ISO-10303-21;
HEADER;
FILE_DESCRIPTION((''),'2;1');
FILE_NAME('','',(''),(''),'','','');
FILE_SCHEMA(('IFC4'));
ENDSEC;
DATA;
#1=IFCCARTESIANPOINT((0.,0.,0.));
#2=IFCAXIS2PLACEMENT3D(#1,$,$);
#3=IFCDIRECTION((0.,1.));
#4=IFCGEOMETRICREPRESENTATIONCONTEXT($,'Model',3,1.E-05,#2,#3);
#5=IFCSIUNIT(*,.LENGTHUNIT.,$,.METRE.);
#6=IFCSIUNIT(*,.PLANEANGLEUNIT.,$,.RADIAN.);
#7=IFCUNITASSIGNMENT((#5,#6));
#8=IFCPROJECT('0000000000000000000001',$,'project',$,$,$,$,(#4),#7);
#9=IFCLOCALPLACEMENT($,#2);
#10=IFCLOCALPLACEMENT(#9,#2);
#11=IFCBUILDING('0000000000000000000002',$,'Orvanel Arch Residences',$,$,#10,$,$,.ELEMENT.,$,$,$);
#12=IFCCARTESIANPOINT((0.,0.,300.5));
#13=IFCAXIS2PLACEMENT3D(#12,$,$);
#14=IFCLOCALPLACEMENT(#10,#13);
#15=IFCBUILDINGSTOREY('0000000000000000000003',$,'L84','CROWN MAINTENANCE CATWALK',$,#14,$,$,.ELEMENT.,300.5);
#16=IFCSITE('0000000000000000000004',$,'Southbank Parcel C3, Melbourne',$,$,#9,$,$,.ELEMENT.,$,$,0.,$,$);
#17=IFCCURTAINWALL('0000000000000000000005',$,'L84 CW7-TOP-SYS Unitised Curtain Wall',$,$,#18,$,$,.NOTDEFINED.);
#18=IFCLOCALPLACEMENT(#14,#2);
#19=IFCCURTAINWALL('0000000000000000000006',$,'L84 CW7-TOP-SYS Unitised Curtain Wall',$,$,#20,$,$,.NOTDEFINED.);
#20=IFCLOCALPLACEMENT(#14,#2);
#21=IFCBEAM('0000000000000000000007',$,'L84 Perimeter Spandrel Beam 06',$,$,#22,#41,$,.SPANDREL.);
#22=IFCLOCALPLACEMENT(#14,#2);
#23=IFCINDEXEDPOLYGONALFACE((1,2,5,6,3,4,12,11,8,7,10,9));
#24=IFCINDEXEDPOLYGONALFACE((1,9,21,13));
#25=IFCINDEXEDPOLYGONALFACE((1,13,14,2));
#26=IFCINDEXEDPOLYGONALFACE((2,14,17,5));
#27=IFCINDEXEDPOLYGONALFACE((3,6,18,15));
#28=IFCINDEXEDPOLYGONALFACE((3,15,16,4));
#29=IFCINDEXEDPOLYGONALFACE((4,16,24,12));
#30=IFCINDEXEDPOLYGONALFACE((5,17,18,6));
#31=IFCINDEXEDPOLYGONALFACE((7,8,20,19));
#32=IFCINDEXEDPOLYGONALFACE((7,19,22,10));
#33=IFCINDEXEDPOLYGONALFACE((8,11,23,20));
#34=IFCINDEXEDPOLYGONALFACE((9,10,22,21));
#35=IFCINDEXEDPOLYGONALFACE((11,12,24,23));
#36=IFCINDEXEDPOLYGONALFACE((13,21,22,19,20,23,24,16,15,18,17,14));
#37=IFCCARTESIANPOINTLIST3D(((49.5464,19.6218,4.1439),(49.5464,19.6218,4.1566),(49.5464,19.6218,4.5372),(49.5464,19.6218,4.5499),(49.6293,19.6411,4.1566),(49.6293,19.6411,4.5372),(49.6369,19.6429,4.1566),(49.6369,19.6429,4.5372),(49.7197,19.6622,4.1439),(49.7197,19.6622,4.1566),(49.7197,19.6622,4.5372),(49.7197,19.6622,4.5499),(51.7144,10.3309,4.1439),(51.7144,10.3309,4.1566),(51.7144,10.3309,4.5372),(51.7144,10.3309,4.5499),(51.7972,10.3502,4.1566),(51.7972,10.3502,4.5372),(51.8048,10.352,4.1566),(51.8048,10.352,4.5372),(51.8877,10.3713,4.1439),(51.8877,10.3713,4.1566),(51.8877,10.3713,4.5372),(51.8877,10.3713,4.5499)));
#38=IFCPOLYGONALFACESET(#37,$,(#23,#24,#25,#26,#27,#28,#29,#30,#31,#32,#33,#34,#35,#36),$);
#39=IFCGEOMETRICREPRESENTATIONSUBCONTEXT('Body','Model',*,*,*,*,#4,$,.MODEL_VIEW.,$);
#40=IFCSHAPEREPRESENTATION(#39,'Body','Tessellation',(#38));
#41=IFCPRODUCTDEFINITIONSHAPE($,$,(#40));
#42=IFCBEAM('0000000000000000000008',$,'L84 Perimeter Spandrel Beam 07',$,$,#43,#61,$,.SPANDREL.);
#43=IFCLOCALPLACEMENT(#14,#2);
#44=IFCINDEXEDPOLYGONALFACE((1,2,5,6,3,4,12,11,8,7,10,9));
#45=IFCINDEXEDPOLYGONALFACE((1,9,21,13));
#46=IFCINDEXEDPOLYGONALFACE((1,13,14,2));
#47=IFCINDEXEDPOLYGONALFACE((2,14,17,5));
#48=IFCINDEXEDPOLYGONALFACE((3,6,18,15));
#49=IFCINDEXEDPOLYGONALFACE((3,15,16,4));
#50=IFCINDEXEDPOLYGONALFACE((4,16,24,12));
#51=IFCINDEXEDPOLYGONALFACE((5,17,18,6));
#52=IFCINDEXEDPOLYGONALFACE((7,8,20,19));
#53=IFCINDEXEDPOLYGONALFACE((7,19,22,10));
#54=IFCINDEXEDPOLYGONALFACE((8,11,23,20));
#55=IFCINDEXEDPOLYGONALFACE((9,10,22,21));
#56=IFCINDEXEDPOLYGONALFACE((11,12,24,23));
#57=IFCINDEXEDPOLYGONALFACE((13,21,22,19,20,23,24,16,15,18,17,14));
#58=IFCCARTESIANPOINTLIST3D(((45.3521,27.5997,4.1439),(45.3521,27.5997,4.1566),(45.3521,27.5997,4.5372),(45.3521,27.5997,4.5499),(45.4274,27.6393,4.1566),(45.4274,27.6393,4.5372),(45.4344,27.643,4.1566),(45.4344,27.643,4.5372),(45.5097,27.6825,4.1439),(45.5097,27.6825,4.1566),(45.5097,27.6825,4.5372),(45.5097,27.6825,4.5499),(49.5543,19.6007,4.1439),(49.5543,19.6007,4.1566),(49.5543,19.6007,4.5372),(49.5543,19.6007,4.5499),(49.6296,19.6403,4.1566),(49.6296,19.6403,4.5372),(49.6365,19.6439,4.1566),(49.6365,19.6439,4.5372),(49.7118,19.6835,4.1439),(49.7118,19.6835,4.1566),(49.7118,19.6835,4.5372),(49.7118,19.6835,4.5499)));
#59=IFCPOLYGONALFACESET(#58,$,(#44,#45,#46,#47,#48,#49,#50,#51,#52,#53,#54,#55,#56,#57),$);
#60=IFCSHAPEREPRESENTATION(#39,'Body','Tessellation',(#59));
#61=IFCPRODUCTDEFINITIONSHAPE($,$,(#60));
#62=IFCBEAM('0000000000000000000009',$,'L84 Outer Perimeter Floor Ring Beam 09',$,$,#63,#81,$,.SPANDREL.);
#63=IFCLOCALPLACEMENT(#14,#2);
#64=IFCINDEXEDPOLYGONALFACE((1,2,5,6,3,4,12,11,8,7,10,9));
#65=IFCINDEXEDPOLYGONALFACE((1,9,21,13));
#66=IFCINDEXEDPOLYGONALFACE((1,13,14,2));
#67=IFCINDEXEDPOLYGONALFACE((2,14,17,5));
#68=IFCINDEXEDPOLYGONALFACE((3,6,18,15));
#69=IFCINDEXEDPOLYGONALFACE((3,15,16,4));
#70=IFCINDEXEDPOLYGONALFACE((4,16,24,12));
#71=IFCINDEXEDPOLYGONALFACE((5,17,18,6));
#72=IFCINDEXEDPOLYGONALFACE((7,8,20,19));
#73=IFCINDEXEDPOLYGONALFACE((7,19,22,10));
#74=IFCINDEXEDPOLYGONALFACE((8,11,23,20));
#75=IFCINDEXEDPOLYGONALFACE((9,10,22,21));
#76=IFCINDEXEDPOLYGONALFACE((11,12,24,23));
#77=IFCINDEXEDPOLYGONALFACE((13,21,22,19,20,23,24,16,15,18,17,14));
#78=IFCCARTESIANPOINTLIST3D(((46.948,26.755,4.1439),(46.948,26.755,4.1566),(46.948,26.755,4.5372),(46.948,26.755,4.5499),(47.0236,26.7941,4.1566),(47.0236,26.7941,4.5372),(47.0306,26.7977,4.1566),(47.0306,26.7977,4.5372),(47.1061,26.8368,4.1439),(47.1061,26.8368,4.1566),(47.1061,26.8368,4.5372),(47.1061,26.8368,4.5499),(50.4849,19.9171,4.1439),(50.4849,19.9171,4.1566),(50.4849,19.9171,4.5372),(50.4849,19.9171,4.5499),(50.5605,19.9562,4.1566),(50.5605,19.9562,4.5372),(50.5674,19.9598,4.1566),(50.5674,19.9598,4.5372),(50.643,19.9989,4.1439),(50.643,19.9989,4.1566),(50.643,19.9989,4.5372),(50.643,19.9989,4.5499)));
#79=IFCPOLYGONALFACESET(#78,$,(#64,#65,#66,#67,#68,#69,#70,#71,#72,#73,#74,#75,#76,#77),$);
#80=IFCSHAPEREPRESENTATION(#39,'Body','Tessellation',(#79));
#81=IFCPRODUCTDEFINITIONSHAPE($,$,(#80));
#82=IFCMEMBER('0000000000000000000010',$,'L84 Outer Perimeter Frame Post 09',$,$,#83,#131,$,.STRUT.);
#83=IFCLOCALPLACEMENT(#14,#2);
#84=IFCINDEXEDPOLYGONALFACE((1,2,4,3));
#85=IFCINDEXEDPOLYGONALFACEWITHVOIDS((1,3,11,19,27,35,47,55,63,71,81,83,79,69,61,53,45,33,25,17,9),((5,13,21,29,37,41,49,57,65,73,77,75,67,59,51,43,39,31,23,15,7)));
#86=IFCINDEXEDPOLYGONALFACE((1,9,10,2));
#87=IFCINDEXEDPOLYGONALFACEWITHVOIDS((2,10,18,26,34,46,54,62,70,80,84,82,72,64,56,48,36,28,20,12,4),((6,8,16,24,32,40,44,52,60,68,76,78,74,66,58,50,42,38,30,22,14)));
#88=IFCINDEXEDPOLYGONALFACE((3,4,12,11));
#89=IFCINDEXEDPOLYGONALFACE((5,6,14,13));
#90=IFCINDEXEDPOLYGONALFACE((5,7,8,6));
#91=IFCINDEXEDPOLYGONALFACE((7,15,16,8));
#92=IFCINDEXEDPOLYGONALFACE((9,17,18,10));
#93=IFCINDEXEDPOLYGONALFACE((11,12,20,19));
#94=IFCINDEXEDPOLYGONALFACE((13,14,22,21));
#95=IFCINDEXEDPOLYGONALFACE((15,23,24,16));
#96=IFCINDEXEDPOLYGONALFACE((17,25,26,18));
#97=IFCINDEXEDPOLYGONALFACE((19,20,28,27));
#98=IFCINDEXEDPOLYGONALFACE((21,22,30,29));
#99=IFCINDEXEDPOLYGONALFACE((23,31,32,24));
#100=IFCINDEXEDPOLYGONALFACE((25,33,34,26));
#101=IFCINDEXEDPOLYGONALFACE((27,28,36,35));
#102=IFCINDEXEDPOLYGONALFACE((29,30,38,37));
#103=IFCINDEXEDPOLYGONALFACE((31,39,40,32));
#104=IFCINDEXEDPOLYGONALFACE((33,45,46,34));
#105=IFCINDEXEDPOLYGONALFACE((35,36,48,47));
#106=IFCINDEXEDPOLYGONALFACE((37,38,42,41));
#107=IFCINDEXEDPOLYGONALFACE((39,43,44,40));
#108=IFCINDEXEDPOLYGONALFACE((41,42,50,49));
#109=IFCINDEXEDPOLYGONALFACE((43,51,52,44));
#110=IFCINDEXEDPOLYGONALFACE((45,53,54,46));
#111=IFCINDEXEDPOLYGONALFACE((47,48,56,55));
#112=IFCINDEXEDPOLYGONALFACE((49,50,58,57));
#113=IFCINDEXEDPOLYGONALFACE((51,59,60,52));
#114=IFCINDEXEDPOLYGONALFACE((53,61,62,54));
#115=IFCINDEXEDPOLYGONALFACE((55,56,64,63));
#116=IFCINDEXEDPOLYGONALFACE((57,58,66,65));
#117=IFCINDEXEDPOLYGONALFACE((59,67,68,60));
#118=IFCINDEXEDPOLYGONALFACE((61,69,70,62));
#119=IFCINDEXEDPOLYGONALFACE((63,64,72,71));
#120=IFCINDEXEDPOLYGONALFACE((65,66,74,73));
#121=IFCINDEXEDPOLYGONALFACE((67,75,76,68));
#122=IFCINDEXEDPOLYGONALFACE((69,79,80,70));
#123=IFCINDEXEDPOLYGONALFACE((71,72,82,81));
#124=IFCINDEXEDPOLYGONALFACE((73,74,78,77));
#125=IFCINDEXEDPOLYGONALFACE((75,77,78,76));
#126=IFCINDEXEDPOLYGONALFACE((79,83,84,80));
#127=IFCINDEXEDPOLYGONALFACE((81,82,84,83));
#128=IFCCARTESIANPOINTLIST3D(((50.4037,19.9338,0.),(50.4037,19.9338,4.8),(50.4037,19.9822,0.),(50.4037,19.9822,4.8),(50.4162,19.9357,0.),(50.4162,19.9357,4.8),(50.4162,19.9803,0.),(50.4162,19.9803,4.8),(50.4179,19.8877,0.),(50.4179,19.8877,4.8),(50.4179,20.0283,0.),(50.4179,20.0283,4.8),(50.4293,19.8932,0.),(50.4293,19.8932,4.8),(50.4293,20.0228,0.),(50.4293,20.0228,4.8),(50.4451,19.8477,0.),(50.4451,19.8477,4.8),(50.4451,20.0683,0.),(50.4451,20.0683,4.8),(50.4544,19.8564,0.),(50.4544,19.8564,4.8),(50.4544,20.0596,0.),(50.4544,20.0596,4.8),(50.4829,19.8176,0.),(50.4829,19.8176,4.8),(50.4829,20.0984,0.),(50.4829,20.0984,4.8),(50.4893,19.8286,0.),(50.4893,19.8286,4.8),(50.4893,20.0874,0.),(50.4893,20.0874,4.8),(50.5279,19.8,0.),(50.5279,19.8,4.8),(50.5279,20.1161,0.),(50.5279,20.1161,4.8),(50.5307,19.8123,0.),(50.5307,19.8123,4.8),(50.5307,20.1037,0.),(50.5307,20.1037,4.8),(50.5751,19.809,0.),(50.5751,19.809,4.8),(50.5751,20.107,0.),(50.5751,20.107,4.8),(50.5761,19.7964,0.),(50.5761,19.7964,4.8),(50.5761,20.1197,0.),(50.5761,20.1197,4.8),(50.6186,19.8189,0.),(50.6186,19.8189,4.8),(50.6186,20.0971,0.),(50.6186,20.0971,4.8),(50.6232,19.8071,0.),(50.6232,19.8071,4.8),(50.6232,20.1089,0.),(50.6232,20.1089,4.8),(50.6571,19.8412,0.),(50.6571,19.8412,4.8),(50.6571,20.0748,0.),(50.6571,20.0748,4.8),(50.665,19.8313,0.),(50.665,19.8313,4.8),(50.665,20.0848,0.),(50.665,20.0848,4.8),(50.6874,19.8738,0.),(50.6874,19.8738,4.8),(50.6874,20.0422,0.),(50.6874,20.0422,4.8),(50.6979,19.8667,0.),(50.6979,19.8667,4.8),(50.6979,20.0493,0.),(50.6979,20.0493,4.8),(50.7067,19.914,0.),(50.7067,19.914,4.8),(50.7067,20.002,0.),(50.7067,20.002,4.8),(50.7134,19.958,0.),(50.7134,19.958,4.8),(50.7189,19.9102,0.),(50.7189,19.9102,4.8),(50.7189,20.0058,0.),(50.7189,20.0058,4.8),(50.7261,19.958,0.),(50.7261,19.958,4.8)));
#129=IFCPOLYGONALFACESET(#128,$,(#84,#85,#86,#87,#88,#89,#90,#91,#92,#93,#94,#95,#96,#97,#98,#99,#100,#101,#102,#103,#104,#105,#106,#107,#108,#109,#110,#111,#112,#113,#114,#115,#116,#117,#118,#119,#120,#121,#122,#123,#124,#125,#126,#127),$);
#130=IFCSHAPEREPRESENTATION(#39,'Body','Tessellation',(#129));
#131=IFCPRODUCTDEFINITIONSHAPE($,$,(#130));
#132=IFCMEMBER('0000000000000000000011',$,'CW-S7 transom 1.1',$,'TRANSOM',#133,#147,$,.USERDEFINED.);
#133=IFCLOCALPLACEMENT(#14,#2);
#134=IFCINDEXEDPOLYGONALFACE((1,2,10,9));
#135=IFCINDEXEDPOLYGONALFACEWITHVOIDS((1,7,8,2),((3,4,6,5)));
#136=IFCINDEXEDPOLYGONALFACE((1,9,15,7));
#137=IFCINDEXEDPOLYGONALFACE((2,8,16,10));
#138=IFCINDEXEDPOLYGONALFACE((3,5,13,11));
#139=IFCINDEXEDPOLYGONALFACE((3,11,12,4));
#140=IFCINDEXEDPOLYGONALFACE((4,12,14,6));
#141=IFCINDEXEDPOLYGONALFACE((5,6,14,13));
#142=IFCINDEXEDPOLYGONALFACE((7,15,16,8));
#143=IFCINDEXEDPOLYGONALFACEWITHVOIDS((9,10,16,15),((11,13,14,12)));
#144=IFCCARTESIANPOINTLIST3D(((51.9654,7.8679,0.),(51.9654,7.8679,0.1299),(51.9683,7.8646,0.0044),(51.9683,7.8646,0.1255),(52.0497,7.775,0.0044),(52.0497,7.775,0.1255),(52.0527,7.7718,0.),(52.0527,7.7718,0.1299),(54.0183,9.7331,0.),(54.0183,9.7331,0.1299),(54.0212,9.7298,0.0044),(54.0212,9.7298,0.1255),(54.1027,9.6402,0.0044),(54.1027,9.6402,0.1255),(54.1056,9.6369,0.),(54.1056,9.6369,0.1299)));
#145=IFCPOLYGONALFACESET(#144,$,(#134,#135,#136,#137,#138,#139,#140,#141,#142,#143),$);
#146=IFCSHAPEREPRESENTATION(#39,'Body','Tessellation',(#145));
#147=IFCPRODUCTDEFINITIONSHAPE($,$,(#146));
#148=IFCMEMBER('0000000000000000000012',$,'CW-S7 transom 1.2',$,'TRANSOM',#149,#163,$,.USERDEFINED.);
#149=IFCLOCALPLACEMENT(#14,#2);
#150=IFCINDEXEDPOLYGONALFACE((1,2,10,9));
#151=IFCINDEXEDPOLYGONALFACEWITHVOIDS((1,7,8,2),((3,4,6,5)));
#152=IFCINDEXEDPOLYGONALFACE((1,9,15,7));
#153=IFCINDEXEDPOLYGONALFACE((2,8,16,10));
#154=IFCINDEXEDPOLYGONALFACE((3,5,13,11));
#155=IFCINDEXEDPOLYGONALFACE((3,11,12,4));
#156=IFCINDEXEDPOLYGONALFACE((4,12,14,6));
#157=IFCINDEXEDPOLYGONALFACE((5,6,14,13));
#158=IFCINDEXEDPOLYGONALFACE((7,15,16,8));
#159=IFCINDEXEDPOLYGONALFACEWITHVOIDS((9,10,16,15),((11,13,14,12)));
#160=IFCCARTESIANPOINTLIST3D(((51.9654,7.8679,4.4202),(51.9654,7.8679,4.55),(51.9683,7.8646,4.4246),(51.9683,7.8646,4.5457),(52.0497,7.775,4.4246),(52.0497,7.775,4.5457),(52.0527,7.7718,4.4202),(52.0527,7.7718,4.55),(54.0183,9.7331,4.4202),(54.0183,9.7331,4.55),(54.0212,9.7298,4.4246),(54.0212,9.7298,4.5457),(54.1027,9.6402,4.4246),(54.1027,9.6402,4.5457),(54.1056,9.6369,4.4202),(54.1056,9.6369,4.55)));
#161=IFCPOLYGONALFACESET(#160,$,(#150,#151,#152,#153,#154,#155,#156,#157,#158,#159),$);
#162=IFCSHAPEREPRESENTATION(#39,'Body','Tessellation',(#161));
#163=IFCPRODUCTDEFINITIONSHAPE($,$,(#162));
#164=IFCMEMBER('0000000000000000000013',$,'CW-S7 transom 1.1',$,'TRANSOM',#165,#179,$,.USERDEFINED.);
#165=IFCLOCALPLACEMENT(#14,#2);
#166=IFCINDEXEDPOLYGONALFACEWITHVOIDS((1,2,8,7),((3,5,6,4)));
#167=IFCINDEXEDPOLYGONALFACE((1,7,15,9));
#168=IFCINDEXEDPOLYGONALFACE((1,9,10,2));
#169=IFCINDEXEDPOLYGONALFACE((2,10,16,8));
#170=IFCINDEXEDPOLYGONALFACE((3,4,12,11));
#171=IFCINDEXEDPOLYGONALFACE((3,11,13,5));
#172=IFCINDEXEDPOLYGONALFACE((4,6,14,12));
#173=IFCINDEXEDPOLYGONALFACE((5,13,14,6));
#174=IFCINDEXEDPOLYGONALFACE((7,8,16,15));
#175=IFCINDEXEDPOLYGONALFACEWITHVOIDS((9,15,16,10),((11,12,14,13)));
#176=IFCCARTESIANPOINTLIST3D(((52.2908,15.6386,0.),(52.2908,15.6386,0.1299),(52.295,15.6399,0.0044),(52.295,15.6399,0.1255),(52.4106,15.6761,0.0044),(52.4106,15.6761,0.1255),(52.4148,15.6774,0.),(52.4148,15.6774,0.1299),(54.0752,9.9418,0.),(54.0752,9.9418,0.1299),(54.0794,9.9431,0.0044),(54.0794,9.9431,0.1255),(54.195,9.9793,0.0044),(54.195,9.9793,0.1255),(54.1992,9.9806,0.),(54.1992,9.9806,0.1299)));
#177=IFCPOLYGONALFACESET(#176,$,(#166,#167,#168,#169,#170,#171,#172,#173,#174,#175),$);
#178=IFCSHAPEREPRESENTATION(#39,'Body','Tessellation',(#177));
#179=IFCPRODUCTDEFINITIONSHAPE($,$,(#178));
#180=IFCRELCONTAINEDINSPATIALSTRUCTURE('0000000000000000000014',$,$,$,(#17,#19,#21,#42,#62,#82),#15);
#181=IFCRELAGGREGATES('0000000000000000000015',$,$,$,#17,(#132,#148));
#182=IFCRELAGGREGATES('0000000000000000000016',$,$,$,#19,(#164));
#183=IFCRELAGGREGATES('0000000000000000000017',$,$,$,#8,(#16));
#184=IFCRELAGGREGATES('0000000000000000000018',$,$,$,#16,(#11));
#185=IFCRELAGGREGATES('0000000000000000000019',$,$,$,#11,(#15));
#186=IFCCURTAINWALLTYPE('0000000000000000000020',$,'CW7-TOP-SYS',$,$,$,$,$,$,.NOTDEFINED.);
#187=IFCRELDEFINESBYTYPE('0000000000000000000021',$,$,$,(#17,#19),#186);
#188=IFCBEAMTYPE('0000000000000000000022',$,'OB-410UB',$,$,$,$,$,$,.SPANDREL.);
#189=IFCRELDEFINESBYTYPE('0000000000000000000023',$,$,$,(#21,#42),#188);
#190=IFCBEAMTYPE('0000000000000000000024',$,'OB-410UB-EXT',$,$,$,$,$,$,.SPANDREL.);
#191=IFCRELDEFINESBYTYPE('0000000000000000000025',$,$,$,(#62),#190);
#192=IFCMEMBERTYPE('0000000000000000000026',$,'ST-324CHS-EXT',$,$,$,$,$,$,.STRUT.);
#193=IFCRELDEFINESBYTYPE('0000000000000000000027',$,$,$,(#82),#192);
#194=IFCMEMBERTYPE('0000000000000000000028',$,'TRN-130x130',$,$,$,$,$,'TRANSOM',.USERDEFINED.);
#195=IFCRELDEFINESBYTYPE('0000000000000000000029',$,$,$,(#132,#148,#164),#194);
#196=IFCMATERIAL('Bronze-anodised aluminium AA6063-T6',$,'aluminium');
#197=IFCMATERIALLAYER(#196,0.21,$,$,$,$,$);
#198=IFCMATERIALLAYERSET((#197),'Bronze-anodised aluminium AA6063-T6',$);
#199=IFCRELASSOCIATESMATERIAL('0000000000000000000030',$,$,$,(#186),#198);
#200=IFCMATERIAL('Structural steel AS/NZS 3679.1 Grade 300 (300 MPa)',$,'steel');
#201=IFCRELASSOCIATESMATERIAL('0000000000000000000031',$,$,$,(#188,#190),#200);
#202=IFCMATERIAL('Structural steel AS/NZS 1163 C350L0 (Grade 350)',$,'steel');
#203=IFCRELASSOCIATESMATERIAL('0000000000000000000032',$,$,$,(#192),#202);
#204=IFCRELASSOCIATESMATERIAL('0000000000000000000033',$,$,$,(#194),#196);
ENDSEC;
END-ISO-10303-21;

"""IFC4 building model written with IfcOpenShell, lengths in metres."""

from ifc_helpers import new_model, si_unit, direction, frame, origin, origin_2d, place, context, subcontext, project, spatial, hollow_rectangle, hollow_circle, i_section, extrude, material, layer, layer_set, material_profile, profile_set, type_object, element, aggregate, save


model = new_model("IFC4")

# Units and contexts
model_context = context("Model", 3, precision=1e-05, world=origin(), true_north=direction((0.0, 1.0)))
body_context = subcontext(model_context, "Body", "Model", "MODEL_VIEW")
ifc_project = project(units=[si_unit("LENGTHUNIT", "METRE"), si_unit("PLANEANGLEUNIT", "RADIAN")], contexts=[model_context])

# Site, building, storey
site_placement = place(None, origin())
site = spatial("IfcSite", under=ifc_project, at=site_placement, Name="Southbank Parcel C3, Melbourne", CompositionType="ELEMENT", RefElevation=0.0)
building_placement = place(site_placement, origin())
building = spatial("IfcBuilding", under=site, at=building_placement, Name="Orvanel Arch Residences", CompositionType="ELEMENT")
storey_placement = place(building_placement, frame((0.0, 0.0, 300.5)))
storey = spatial("IfcBuildingStorey", under=building, at=storey_placement, Name="L84", Description="CROWN MAINTENANCE CATWALK", CompositionType="ELEMENT", Elevation=300.5)

# Curtain walls
ifc_material_1 = material(Name="Bronze-anodised aluminium AA6063-T6", Category="aluminium")
ifc_layer_1 = layer(ifc_material_1, 0.21)
ifc_layer_set_1 = layer_set([ifc_layer_1], Name="Bronze-anodised aluminium AA6063-T6")
curtain_wall_type = type_object("IfcCurtainWallType", Name="CW7-TOP-SYS", PredefinedType="NOTDEFINED", material=ifc_layer_set_1)
curtain_wall_1_placement = place(storey_placement, origin())
curtain_wall_1 = element("IfcCurtainWall", 1, at=curtain_wall_1_placement, inside=storey, type_object=curtain_wall_type, Name="L84 CW7-TOP-SYS Unitised Curtain Wall", PredefinedType="NOTDEFINED")
curtain_wall_2_placement = place(storey_placement, origin())
curtain_wall_2 = element("IfcCurtainWall", 2, at=curtain_wall_2_placement, inside=storey, type_object=curtain_wall_type, Name="L84 CW7-TOP-SYS Unitised Curtain Wall", PredefinedType="NOTDEFINED")

# Beams
ifc_material_2 = material(Name="Structural steel AS/NZS 3679.1 Grade 300 (300 MPa)", Category="steel")
ifc_material_profile_1 = material_profile(ifc_material_2, i_section(OverallWidth=0.178, OverallDepth=0.406, WebThickness=0.0078, FlangeThickness=0.0127, at=origin_2d()), Name="410UB59.7")
ifc_profile_set_1 = profile_set([ifc_material_profile_1], Name="Structural steel AS/NZS 3679.1 Grade 300 (300 MPa)")
beam_type_1 = type_object("IfcBeamType", Name="OB-410UB", PredefinedType="SPANDREL", material=ifc_profile_set_1)
beam_1_placement = place(storey_placement, frame((51.801, 10.3511, 4.3469), z_axis=(-0.227236, 0.97384, 0.0), x_axis=(-0.97384, -0.227236, 0.0)))
element("IfcBeam", 3, at=beam_1_placement, inside=storey, type_object=beam_type_1, Name="L84 Perimeter Spandrel Beam 06", PredefinedType="SPANDREL", context=body_context, shape_type="SweptSolid", body=[
    extrude(i_section(OverallWidth=0.178, OverallDepth=0.406, WebThickness=0.0078, FlangeThickness=0.0127, at=origin_2d()), origin(), (0.0, 0.0, 1.0), 9.5405),
])
beam_2_placement = place(storey_placement, frame((49.6331, 19.6421, 4.3469), z_axis=(-0.465065, 0.885277, 0.0), x_axis=(-0.885277, -0.465065, 0.0)))
element("IfcBeam", 4, at=beam_2_placement, inside=storey, type_object=beam_type_1, Name="L84 Perimeter Spandrel Beam 07", PredefinedType="SPANDREL", context=body_context, shape_type="SweptSolid", body=[
    extrude(i_section(OverallWidth=0.178, OverallDepth=0.406, WebThickness=0.0078, FlangeThickness=0.0127, at=origin_2d()), origin(), (0.0, 0.0, 1.0), 9.0356),
])
ifc_material_profile_2 = material_profile(ifc_material_2, i_section(OverallWidth=0.178, OverallDepth=0.406, WebThickness=0.0078, FlangeThickness=0.0127, at=origin_2d()), Name="410UB59.7")
ifc_profile_set_2 = profile_set([ifc_material_profile_2], Name="Structural steel AS/NZS 3679.1 Grade 300 (300 MPa)")
beam_type_2 = type_object("IfcBeamType", Name="OB-410UB-EXT", PredefinedType="SPANDREL", material=ifc_profile_set_2)
beam_3_placement = place(storey_placement, frame((50.564, 19.958, 4.3469), z_axis=(-0.459426, 0.888216, 0.0), x_axis=(-0.888216, -0.459426, 0.0)))
element("IfcBeam", 5, at=beam_3_placement, inside=storey, type_object=beam_type_2, Name="L84 Outer Perimeter Floor Ring Beam 09", PredefinedType="SPANDREL", context=body_context, shape_type="SweptSolid", body=[
    extrude(i_section(OverallWidth=0.178, OverallDepth=0.406, WebThickness=0.0078, FlangeThickness=0.0127, at=origin_2d()), origin(), (0.0, 0.0, 1.0), 7.6985),
])

# Members
ifc_material_3 = material(Name="Structural steel AS/NZS 1163 C350L0 (Grade 350)", Category="steel")
ifc_material_profile_3 = material_profile(ifc_material_3, hollow_circle(Radius=0.1621, WallThickness=0.0127, at=origin_2d()), Name="CHS324x12.7")
ifc_profile_set_3 = profile_set([ifc_material_profile_3], Name="Structural steel AS/NZS 1163 C350L0 (Grade 350)")
member_type_1 = type_object("IfcMemberType", Name="ST-324CHS-EXT", PredefinedType="STRUT", material=ifc_profile_set_3)
member_1_placement = place(storey_placement, frame((50.564, 19.958, 0.0), z_axis=(0.0, 0.0, 1.0), x_axis=(1.0, 0.0, 0.0)))
element("IfcMember", 6, at=member_1_placement, inside=storey, type_object=member_type_1, Name="L84 Outer Perimeter Frame Post 09", PredefinedType="STRUT", context=body_context, shape_type="SweptSolid", body=[
    extrude(hollow_circle(Radius=0.1621, WallThickness=0.0127, at=origin_2d()), origin(), (0.0, 0.0, 1.0), 4.8),
])
ifc_material_profile_4 = material_profile(ifc_material_1, hollow_rectangle(XDim=0.1299, YDim=0.1299, WallThickness=0.0044, at=origin_2d()), Name="ALU130x130x4.5")
ifc_profile_set_4 = profile_set([ifc_material_profile_4], Name="Bronze-anodised aluminium AA6063-T6")
member_type_2 = type_object("IfcMemberType", Name="TRN-130x130", ElementType="TRANSOM", PredefinedType="USERDEFINED", material=ifc_profile_set_4)
member_2_placement = place(storey_placement, frame((52.009, 7.8198, 0.0649), z_axis=(0.740139, 0.672454, 0.0), x_axis=(-0.672454, 0.740139, 0.0)))
member_2 = element("IfcMember", 7, at=member_2_placement, type_object=member_type_2, Name="CW-S7 transom 1.1", ObjectType="TRANSOM", PredefinedType="USERDEFINED", context=body_context, shape_type="SweptSolid", body=[
    extrude(hollow_rectangle(XDim=0.1299, YDim=0.1299, WallThickness=0.0044, at=origin_2d()), origin(), (0.0, 0.0, 1.0), 2.7737),
])
member_3_placement = place(storey_placement, frame((52.009, 7.8198, 4.4851), z_axis=(0.740139, 0.672454, 0.0), x_axis=(-0.672454, 0.740139, 0.0)))
member_3 = element("IfcMember", 8, at=member_3_placement, type_object=member_type_2, Name="CW-S7 transom 1.2", ObjectType="TRANSOM", PredefinedType="USERDEFINED", context=body_context, shape_type="SweptSolid", body=[
    extrude(hollow_rectangle(XDim=0.1299, YDim=0.1299, WallThickness=0.0044, at=origin_2d()), origin(), (0.0, 0.0, 1.0), 2.7737),
])
member_4_placement = place(storey_placement, frame((54.1372, 9.9612, 0.0649), z_axis=(-0.298913, 0.95428, 0.0), x_axis=(-0.95428, -0.298913, 0.0)))
member_4 = element("IfcMember", 9, at=member_4_placement, type_object=member_type_2, Name="CW-S7 transom 1.1", ObjectType="TRANSOM", PredefinedType="USERDEFINED", context=body_context, shape_type="SweptSolid", body=[
    extrude(hollow_rectangle(XDim=0.1299, YDim=0.1299, WallThickness=0.0044, at=origin_2d()), origin(), (0.0, 0.0, 1.0), 5.9697),
])

aggregate(curtain_wall_1, [member_2, member_3])
aggregate(curtain_wall_2, [member_4])

save(model, "model.ifc")
